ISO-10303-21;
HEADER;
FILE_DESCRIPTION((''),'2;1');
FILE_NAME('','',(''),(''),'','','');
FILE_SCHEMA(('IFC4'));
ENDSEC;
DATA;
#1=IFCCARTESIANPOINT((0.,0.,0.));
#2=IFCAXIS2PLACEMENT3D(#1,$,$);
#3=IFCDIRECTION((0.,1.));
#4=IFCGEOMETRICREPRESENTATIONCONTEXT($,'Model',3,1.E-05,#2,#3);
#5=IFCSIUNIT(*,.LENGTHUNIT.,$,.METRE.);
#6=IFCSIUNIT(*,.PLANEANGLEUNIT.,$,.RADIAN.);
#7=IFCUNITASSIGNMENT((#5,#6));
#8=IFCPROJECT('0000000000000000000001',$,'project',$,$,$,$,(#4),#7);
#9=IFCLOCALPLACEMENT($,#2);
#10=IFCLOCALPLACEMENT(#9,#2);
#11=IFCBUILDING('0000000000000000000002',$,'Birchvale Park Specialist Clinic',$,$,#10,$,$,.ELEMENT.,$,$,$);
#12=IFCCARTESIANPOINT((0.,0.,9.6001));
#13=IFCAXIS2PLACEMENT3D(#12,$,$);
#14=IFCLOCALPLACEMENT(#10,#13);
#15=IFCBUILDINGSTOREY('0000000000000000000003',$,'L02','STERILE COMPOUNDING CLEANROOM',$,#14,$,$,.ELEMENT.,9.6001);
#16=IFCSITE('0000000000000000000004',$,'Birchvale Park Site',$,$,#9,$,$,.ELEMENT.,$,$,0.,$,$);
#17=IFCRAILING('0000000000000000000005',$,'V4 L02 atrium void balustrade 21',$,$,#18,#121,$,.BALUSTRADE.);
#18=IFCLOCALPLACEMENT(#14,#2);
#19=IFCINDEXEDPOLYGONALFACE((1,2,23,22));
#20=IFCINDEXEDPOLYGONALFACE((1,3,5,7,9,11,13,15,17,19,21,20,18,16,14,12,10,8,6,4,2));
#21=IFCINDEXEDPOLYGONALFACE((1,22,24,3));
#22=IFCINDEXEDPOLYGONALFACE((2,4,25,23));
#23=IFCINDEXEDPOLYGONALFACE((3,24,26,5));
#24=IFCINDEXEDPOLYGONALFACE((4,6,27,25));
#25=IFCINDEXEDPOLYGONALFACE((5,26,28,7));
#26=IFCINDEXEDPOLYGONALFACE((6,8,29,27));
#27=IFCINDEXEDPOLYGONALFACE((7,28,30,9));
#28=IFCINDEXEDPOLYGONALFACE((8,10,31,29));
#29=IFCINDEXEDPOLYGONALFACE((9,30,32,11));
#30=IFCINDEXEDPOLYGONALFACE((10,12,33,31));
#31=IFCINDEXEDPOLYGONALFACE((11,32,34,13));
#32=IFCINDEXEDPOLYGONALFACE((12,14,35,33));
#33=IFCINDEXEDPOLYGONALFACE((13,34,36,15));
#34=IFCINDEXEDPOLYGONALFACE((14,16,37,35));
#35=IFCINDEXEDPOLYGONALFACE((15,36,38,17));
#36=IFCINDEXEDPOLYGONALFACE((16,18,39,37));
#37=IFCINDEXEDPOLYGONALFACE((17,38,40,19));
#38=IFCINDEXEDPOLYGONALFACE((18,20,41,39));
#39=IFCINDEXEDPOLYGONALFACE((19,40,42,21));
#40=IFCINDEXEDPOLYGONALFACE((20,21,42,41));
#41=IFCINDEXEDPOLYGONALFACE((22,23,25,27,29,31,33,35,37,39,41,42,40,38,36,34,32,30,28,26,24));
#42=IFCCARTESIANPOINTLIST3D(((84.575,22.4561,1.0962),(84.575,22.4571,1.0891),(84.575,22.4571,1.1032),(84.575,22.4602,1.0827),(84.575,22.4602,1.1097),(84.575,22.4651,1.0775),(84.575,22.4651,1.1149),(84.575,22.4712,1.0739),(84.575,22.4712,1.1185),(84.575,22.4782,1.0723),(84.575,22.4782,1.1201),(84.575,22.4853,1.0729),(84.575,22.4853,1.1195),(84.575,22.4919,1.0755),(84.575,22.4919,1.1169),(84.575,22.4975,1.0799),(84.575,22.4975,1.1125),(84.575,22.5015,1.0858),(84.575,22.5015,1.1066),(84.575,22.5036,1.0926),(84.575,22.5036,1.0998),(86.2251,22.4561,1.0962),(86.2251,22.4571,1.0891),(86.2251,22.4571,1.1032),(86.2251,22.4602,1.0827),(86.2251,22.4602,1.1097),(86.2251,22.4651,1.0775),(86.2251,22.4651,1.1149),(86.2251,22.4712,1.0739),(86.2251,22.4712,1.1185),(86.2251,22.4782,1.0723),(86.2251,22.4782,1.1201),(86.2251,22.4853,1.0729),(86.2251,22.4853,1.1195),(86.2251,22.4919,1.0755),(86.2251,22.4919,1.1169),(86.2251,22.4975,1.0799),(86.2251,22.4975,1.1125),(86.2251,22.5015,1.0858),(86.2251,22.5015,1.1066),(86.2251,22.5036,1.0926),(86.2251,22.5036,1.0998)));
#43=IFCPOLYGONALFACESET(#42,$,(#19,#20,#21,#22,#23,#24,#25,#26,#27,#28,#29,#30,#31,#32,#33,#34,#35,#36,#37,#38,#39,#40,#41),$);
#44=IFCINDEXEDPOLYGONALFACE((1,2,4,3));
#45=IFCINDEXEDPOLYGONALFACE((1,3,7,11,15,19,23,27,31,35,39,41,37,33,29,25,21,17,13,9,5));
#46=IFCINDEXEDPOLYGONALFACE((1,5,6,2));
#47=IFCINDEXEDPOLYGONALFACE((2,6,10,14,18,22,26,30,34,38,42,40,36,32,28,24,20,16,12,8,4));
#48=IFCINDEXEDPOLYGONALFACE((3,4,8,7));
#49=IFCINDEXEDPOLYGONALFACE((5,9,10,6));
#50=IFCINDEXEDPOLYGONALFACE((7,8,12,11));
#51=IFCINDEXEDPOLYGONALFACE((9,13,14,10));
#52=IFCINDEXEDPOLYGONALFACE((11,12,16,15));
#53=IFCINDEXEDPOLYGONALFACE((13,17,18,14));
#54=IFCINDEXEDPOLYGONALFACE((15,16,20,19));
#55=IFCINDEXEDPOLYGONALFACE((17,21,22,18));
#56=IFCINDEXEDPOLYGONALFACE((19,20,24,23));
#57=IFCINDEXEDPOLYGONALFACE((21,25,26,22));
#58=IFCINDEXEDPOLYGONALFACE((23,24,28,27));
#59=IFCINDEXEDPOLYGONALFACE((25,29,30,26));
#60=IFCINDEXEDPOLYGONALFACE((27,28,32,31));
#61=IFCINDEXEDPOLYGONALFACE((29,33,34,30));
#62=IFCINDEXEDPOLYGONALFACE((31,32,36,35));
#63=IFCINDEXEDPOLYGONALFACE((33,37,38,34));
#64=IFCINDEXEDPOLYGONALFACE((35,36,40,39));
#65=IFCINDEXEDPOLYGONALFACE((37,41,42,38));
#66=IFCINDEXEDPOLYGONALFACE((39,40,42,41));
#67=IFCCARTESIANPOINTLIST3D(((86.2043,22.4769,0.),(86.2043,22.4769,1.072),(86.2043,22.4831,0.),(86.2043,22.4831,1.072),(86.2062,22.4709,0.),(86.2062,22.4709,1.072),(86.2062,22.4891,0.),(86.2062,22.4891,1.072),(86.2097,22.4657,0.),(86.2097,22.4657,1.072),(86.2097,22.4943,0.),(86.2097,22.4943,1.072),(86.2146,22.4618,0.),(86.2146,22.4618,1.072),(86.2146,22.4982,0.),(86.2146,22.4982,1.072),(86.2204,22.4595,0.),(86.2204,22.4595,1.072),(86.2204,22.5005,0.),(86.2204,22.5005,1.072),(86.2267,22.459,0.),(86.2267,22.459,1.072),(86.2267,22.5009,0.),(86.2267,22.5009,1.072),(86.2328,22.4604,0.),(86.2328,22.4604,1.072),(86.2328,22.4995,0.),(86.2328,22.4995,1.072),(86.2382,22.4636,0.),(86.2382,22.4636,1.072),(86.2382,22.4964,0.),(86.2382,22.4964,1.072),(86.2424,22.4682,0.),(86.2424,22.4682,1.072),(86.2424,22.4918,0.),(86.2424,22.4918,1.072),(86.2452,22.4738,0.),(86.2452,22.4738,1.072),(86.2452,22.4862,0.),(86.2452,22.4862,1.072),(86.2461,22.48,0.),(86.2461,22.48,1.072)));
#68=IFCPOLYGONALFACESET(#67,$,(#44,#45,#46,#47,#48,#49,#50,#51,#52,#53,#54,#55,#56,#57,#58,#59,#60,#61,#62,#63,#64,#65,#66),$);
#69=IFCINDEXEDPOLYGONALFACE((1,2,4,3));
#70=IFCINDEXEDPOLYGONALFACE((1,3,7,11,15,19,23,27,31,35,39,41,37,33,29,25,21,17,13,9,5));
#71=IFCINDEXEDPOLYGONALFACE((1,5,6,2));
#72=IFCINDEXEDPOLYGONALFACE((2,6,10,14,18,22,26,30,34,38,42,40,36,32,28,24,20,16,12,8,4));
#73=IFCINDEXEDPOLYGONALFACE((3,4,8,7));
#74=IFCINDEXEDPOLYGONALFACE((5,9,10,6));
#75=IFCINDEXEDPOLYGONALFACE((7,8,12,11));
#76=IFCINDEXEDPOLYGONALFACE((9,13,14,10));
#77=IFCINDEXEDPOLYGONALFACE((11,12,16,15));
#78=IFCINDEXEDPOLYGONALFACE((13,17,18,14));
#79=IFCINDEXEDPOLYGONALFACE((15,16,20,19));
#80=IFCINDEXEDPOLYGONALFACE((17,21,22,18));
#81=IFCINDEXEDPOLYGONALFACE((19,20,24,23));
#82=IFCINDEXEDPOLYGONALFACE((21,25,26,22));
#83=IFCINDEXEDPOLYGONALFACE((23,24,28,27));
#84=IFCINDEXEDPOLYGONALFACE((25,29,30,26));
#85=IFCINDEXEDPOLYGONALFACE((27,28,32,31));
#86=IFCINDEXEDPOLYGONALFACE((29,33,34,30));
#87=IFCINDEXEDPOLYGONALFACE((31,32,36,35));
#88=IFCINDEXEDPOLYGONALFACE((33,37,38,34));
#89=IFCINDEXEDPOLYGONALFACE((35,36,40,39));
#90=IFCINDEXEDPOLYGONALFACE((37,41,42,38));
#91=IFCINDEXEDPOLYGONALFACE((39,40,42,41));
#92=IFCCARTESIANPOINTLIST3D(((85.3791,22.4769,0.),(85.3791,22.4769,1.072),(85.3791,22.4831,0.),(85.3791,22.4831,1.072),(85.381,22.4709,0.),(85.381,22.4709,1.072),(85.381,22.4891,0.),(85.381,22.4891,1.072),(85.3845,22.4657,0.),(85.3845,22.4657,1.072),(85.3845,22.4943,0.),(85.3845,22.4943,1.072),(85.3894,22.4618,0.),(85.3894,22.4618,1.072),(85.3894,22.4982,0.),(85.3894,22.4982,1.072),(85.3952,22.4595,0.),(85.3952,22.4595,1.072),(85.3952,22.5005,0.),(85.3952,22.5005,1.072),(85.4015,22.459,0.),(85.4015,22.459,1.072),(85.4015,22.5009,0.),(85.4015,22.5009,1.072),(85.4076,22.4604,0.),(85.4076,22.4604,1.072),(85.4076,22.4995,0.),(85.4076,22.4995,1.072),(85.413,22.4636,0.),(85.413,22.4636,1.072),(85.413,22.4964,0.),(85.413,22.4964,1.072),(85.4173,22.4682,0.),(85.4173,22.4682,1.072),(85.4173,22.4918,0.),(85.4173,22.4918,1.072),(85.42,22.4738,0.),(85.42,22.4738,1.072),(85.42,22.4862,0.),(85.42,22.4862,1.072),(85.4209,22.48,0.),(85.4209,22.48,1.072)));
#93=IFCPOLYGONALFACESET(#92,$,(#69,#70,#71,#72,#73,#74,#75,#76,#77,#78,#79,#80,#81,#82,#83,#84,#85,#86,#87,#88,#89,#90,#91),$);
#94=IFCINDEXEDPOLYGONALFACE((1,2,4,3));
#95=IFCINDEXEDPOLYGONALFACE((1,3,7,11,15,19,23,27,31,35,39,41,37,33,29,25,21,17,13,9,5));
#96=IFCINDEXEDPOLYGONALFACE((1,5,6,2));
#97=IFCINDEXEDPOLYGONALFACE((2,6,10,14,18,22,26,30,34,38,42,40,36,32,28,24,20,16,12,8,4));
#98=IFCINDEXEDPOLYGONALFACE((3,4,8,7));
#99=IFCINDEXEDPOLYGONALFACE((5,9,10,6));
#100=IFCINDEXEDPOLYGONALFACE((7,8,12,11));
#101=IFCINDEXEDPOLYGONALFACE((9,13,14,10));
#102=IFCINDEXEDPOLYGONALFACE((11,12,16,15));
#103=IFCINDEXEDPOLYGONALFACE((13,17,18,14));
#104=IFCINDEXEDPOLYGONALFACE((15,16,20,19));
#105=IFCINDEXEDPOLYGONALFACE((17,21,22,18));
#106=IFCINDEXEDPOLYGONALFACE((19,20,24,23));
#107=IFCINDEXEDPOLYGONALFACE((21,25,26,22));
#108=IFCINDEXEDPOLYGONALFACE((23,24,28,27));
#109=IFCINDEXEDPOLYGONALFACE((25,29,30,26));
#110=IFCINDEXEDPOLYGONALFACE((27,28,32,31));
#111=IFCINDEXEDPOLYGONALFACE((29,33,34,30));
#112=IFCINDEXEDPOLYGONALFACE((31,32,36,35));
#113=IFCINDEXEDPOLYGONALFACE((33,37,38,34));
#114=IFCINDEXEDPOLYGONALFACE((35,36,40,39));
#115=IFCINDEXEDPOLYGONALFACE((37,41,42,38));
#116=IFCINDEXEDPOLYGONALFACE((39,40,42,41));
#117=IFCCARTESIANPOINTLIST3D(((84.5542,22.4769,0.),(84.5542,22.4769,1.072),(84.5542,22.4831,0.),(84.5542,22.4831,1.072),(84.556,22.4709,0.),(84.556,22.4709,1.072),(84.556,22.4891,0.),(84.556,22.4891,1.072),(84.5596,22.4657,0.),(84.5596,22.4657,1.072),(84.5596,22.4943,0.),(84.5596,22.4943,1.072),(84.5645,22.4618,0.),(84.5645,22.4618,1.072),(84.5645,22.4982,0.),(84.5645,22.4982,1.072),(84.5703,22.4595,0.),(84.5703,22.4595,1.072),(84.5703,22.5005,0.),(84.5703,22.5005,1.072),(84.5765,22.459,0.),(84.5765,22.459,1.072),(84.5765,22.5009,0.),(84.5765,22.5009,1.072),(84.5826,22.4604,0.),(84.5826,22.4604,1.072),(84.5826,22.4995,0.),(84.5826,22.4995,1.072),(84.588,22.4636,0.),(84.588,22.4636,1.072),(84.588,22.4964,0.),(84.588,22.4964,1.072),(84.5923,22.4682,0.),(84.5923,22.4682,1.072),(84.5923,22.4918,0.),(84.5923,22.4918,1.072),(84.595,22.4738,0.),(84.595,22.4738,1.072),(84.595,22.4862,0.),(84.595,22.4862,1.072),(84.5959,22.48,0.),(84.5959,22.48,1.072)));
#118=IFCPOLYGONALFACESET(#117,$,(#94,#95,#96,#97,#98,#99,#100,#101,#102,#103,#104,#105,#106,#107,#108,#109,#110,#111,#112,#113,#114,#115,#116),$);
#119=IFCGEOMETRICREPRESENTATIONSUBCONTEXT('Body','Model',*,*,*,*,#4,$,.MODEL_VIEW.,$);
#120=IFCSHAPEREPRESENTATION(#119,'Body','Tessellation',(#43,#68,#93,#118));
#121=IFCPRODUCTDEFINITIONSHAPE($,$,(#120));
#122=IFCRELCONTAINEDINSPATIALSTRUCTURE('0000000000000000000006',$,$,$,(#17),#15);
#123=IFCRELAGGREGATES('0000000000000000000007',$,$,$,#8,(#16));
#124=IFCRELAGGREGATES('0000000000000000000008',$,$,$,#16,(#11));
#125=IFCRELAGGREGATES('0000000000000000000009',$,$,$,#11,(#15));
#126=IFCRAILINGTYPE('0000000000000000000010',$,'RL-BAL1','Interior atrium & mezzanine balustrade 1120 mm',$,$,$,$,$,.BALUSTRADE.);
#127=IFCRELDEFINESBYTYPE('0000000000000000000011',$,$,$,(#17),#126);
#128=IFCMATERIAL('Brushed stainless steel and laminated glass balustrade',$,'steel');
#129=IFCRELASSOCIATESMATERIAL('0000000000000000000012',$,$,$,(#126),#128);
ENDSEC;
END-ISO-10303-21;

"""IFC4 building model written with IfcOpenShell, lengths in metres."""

from ifc_helpers import new_model, si_unit, direction, frame, origin, origin_2d, place, context, subcontext, project, spatial, circle, extrude, material, type_object, element, save


model = new_model("IFC4")

# Units and contexts
model_context = context("Model", 3, precision=1e-05, world=origin(), true_north=direction((0.0, 1.0)))
body_context = subcontext(model_context, "Body", "Model", "MODEL_VIEW")
ifc_project = project(units=[si_unit("LENGTHUNIT", "METRE"), si_unit("PLANEANGLEUNIT", "RADIAN")], contexts=[model_context])

# Site, building, storey
site_placement = place(None, origin())
site = spatial("IfcSite", under=ifc_project, at=site_placement, Name="Birchvale Park Site", CompositionType="ELEMENT", RefElevation=0.0)
building_placement = place(site_placement, origin())
building = spatial("IfcBuilding", under=site, at=building_placement, Name="Birchvale Park Specialist Clinic", CompositionType="ELEMENT")
storey_placement = place(building_placement, frame((0.0, 0.0, 9.6001)))
storey = spatial("IfcBuildingStorey", under=building, at=storey_placement, Name="L02", Description="STERILE COMPOUNDING CLEANROOM", CompositionType="ELEMENT", Elevation=9.6001)

# Railing
ifc_material_1 = material(Name="Brushed stainless steel and laminated glass balustrade", Category="steel")
railing_type = type_object("IfcRailingType", Name="RL-BAL1", Description="Interior atrium & mezzanine balustrade 1120 mm", PredefinedType="BALUSTRADE", material=ifc_material_1)
railing_1_placement = place(storey_placement, frame((86.2251, 22.48, 0.0)))
element("IfcRailing", 1, at=railing_1_placement, inside=storey, type_object=railing_type, Name="V4 L02 atrium void balustrade 21", PredefinedType="BALUSTRADE", context=body_context, shape_type="SweptSolid", body=[
    extrude(circle(Radius=0.0239, at=origin_2d()), frame((0.0, 0.0, 1.0962), z_axis=(-1.0, 0.0, 0.0), x_axis=(0.0, -1.0, 0.0)), (0.0, 0.0, 1.0), 1.6501),
    extrude(circle(Radius=0.021, at=origin_2d()), origin(), (0.0, 0.0, 1.0), 1.072),
    extrude(circle(Radius=0.021, at=origin_2d()), frame((-0.8252, 0.0, 0.0)), (0.0, 0.0, 1.0), 1.072),
    extrude(circle(Radius=0.021, at=origin_2d()), frame((-1.6501, 0.0, 0.0)), (0.0, 0.0, 1.0), 1.072),
])

save(model, "model.ifc")
